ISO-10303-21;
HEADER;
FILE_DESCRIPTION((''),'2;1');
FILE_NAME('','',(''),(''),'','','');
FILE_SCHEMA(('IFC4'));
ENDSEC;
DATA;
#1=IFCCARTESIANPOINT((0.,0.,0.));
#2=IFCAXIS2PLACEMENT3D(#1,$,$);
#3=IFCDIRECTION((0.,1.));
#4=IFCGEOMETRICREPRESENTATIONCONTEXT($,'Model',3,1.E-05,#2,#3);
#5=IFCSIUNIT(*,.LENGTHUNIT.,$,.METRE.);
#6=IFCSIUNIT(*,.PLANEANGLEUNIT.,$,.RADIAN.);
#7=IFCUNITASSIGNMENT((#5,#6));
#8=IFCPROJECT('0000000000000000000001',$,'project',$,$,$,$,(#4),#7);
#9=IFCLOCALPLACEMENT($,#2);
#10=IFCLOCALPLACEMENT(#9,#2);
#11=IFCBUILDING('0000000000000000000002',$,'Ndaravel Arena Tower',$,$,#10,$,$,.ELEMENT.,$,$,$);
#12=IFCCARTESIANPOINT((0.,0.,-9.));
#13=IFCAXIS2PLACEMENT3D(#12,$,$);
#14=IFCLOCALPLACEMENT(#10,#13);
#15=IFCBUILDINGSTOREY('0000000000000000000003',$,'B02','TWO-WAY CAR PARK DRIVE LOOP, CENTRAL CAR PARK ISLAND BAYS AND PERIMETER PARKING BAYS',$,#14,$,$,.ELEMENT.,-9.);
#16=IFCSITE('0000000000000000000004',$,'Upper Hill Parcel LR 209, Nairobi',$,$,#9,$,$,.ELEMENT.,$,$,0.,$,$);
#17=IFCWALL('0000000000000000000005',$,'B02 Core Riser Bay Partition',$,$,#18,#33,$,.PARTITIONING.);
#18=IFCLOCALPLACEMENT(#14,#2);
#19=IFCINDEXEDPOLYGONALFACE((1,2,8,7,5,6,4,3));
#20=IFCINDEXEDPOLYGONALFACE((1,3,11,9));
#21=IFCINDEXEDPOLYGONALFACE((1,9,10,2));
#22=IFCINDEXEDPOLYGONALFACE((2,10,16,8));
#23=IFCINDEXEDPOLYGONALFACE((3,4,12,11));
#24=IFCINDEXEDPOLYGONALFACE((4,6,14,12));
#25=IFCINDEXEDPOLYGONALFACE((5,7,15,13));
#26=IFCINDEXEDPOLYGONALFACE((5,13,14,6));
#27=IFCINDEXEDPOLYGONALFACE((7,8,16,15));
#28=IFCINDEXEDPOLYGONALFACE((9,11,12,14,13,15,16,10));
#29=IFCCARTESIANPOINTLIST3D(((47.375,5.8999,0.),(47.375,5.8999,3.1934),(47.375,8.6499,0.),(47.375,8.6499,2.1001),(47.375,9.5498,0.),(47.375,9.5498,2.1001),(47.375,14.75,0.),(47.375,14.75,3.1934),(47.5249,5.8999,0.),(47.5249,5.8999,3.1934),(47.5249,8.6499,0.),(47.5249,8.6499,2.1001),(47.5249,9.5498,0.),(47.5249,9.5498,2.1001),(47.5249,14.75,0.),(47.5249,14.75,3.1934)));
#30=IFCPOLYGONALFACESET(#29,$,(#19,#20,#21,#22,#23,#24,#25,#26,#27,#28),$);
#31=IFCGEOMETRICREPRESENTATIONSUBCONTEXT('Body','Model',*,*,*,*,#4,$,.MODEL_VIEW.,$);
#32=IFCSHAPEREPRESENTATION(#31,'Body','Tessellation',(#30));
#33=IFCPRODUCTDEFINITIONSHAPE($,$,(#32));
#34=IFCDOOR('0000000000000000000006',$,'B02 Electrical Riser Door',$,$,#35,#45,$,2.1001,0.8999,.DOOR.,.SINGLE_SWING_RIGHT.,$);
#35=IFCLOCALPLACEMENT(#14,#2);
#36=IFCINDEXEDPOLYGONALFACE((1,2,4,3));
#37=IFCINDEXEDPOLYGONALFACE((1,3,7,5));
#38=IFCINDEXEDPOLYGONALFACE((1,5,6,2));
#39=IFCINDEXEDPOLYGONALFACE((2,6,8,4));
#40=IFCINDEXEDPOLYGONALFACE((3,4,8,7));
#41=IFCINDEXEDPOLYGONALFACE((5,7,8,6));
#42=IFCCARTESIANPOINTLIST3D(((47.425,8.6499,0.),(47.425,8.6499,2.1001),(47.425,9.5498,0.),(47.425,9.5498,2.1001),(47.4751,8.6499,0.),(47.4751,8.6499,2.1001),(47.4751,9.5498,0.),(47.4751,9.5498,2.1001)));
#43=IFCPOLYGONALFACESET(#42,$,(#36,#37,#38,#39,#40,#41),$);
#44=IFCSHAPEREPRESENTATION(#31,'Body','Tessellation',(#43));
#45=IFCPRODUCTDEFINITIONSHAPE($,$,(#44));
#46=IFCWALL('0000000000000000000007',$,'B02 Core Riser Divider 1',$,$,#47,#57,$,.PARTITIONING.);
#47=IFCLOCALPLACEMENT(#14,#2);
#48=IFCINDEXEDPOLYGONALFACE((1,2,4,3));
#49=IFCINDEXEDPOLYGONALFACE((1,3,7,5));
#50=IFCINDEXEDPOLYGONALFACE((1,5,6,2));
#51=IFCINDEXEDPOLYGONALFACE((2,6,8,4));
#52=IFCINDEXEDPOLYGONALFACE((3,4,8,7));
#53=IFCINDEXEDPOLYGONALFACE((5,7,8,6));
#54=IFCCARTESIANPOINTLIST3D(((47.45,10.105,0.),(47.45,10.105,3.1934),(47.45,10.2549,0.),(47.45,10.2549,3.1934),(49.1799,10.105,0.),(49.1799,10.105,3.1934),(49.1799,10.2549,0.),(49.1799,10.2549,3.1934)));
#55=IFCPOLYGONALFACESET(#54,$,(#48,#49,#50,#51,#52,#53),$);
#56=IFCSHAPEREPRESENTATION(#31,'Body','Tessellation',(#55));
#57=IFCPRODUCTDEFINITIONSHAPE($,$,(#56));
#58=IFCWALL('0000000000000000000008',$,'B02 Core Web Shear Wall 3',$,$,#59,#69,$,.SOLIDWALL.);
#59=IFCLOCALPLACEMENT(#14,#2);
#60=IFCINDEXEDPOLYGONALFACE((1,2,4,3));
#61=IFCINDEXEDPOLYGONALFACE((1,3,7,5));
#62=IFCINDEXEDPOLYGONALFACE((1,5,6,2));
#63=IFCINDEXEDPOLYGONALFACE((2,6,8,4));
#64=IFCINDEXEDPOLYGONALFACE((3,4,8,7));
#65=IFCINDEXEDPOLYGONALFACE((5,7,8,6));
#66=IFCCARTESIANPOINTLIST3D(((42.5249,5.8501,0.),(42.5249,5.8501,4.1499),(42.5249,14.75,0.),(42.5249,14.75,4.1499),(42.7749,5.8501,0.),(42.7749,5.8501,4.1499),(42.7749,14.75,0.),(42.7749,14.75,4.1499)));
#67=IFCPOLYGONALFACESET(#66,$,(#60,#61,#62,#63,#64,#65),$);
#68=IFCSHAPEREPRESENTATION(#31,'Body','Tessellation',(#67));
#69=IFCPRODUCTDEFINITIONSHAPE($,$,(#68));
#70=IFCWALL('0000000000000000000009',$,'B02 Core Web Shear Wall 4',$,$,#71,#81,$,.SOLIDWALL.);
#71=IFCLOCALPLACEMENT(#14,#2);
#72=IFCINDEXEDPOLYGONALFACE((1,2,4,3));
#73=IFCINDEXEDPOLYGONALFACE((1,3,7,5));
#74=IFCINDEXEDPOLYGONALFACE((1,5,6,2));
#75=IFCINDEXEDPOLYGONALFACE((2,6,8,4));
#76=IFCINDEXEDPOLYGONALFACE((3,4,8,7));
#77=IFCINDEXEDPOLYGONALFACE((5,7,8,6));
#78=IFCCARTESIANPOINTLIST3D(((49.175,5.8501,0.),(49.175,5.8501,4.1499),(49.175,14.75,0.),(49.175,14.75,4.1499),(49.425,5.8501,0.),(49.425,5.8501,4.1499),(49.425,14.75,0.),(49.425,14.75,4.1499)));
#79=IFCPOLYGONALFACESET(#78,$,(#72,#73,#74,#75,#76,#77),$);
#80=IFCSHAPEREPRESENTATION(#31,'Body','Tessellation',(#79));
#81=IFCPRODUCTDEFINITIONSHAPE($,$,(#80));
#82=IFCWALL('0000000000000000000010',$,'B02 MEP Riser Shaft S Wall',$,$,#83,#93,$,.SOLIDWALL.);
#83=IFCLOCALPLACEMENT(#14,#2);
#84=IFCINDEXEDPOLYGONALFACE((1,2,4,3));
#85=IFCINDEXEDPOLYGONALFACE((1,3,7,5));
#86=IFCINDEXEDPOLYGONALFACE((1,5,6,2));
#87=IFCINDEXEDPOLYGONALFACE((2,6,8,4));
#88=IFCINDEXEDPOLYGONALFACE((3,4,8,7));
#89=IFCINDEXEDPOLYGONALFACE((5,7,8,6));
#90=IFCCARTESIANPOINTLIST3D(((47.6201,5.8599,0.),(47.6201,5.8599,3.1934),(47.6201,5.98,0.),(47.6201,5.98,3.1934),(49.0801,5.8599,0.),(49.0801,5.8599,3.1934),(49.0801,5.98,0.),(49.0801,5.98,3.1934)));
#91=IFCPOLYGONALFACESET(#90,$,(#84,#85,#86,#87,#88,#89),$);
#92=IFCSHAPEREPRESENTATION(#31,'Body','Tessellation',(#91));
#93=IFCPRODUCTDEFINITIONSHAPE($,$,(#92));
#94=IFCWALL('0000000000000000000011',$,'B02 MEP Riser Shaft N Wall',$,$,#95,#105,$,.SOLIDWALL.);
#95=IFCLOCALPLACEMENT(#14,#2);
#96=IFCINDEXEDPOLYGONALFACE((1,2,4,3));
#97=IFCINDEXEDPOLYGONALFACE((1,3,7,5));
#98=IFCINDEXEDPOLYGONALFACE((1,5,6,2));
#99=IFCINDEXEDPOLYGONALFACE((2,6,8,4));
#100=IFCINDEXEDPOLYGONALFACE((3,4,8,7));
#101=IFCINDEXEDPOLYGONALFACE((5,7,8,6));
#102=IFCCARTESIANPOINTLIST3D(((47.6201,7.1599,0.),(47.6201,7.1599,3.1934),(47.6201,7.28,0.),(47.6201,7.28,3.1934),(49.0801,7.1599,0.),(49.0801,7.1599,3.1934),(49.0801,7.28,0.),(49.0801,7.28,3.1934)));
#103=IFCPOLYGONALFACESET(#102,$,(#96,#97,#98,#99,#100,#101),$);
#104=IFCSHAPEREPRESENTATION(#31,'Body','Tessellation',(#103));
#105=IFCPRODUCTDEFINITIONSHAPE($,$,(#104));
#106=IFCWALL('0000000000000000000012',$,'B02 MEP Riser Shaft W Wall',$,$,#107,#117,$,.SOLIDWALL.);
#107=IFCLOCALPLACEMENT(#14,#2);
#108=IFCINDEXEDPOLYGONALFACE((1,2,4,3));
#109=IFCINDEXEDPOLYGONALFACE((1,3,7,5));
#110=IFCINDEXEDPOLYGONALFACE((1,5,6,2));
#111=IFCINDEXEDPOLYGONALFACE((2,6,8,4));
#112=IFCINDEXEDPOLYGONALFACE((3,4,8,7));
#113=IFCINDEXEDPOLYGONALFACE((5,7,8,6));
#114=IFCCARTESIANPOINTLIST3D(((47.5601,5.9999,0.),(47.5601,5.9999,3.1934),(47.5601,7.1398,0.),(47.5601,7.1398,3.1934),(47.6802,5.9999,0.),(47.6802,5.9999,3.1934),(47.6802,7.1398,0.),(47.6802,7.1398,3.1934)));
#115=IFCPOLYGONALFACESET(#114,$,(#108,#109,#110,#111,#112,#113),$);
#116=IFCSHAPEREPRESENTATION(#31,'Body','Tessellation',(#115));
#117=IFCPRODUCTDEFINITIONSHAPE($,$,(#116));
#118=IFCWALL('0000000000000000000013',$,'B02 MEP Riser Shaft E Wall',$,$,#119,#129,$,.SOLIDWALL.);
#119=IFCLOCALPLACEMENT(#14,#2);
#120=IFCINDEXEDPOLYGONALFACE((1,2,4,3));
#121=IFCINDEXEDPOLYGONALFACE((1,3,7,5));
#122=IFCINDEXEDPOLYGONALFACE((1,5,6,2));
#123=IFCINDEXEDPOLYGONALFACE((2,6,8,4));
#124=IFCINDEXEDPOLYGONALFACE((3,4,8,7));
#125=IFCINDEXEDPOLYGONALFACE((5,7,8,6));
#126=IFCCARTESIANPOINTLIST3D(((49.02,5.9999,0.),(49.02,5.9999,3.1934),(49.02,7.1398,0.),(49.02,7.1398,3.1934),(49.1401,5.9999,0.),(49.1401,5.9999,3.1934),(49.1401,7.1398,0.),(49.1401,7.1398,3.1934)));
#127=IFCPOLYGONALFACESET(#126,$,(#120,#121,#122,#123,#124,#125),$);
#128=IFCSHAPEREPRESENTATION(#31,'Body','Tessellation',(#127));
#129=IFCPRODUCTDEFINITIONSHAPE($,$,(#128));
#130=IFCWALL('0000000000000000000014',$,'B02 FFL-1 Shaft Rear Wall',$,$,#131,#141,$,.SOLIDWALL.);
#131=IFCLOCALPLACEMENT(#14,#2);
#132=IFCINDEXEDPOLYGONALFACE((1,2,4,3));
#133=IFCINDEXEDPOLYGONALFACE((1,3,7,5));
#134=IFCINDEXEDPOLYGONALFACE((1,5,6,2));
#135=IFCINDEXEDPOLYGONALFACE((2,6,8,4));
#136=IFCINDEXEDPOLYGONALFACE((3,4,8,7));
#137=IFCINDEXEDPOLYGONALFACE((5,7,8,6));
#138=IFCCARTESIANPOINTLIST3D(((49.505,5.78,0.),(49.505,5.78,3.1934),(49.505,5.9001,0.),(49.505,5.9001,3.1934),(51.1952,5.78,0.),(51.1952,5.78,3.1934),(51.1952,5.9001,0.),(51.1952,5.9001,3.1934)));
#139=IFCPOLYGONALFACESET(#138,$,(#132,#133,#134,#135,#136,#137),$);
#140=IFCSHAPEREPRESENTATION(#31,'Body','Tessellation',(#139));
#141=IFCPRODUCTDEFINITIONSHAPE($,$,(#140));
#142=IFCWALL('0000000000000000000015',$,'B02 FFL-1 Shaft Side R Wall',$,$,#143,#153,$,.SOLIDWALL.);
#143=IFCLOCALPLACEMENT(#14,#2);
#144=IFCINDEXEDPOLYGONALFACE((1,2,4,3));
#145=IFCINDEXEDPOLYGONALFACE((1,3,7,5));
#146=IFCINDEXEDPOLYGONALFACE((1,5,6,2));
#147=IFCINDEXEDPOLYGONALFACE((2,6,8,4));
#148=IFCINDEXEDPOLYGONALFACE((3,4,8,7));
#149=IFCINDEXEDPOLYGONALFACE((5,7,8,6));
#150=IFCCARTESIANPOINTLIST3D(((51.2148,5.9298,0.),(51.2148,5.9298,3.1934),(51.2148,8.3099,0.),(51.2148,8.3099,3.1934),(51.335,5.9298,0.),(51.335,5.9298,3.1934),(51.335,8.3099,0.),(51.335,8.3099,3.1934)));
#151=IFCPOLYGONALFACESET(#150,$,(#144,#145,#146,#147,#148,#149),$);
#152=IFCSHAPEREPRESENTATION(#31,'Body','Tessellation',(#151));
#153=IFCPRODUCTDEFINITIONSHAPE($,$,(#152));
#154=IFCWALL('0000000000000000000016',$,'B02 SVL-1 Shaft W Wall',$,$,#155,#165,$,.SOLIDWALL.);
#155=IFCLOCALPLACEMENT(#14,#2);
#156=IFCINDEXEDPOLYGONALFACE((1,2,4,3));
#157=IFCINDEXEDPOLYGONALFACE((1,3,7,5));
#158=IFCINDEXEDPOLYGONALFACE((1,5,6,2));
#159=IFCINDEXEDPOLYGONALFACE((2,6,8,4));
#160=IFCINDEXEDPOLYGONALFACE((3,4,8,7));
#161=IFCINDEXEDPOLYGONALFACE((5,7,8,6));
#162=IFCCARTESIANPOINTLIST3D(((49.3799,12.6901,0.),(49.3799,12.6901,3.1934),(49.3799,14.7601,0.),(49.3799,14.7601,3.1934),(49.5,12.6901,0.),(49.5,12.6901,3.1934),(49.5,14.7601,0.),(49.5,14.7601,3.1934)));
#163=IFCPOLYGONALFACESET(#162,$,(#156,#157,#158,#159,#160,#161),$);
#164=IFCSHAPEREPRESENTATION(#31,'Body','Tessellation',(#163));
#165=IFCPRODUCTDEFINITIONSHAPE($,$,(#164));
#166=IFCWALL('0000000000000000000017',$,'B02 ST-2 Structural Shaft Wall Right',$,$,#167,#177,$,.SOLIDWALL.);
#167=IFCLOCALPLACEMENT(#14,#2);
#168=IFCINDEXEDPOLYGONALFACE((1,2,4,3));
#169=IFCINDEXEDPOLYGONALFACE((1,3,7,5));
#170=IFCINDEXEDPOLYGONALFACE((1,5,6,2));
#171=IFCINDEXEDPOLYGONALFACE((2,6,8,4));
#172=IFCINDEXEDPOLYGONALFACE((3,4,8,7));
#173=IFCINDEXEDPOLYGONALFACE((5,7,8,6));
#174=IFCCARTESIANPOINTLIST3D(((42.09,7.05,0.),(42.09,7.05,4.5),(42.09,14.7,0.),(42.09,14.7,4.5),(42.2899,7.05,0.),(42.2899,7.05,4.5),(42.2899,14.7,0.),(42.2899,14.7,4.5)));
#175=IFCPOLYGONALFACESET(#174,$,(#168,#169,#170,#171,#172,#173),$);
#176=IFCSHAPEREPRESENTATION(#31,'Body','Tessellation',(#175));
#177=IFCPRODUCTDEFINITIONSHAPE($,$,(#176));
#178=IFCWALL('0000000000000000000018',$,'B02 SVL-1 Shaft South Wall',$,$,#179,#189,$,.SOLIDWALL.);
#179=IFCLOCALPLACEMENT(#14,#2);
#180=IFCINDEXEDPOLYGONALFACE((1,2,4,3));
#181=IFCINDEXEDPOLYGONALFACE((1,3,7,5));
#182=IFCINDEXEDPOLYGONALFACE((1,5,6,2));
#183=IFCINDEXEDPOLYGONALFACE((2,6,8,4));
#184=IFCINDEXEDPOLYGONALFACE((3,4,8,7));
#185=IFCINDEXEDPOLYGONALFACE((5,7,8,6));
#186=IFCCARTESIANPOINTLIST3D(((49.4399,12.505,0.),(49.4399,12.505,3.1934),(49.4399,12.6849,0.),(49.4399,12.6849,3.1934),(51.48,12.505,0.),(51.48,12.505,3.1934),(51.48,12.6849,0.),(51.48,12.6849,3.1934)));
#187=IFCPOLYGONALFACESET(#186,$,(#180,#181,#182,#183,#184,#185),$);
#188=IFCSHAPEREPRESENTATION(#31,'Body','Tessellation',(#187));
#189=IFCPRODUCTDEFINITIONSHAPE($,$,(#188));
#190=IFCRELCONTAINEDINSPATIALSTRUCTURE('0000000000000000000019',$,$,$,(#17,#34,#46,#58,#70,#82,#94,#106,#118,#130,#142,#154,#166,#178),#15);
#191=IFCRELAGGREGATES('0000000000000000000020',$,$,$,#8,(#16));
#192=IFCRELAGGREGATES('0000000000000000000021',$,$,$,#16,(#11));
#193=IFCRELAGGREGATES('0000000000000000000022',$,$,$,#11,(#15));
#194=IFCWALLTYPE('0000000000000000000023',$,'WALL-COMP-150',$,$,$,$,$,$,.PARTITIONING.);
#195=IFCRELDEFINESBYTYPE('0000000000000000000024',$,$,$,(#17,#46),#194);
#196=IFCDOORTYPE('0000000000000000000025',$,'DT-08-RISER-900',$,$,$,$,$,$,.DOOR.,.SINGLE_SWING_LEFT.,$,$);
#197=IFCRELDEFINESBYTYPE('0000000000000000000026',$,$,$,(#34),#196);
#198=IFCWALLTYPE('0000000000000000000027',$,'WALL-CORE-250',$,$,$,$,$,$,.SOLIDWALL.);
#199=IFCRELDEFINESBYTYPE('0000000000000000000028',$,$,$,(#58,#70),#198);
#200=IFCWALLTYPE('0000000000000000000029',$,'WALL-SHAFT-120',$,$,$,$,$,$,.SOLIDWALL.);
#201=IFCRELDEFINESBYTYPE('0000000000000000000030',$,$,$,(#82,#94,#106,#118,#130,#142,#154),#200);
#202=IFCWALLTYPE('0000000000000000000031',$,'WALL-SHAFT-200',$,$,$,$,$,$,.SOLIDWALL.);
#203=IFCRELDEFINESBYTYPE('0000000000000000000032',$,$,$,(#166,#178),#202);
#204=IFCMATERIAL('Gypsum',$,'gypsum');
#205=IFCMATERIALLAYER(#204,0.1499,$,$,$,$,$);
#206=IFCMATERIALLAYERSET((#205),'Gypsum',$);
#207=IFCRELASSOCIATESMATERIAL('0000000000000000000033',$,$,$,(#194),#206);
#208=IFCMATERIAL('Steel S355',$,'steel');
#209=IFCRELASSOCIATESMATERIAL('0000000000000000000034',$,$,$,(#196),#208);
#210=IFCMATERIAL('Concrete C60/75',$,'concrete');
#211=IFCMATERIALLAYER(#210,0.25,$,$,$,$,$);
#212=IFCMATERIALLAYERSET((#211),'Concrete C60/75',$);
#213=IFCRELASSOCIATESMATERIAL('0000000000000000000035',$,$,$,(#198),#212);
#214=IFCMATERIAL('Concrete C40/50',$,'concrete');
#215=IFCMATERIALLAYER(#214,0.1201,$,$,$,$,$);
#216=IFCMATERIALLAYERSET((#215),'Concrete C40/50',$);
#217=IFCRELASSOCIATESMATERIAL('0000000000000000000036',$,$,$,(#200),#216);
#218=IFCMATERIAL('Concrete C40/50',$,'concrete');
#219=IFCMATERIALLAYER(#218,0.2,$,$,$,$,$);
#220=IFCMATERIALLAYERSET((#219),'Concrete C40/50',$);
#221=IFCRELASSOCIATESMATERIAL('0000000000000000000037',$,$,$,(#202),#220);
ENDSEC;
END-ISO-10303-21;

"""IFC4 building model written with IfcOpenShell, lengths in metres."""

from ifc_helpers import new_model, si_unit, direction, frame, frame_2d, origin, place, context, subcontext, project, spatial, rectangle, extrude, material, layer, layer_set, type_object, element, fill, save


model = new_model("IFC4")

# Units and contexts
model_context = context("Model", 3, precision=1e-05, world=origin(), true_north=direction((0.0, 1.0)))
body_context = subcontext(model_context, "Body", "Model", "MODEL_VIEW")
ifc_project = project(units=[si_unit("LENGTHUNIT", "METRE"), si_unit("PLANEANGLEUNIT", "RADIAN")], contexts=[model_context])

# Site, building, storey
site_placement = place(None, origin())
site = spatial("IfcSite", under=ifc_project, at=site_placement, Name="Upper Hill Parcel LR 209, Nairobi", CompositionType="ELEMENT", RefElevation=0.0)
building_placement = place(site_placement, origin())
building = spatial("IfcBuilding", under=site, at=building_placement, Name="Ndaravel Arena Tower", CompositionType="ELEMENT")
storey_placement = place(building_placement, frame((0.0, 0.0, -9.0)))
storey = spatial("IfcBuildingStorey", under=building, at=storey_placement, Name="B02", Description="TWO-WAY CAR PARK DRIVE LOOP, CENTRAL CAR PARK ISLAND BAYS AND PERIMETER PARKING BAYS", CompositionType="ELEMENT", Elevation=-9.0)

# Wall, opening, door
ifc_material_1 = material(Name="Gypsum", Category="gypsum")
ifc_layer_1 = layer(ifc_material_1, 0.1499)
ifc_layer_set_1 = layer_set([ifc_layer_1], Name="Gypsum")
wall_type_1 = type_object("IfcWallType", Name="WALL-COMP-150", PredefinedType="PARTITIONING", material=ifc_layer_set_1)
wall_1_placement = place(storey_placement, frame((47.45, 5.8999, 0.0), z_axis=(0.0, 0.0, 1.0), x_axis=(0.0, 1.0, 0.0)))
wall_1 = element("IfcWall", 1, at=wall_1_placement, inside=storey, type_object=wall_type_1, Name="B02 Core Riser Bay Partition", PredefinedType="PARTITIONING", context=body_context, shape_type="SweptSolid", body=[
    extrude(rectangle(XDim=8.8501, YDim=0.1499, at=frame_2d((4.425, 0.0))), origin(), (0.0, 0.0, 1.0), 3.1934),
])
opening_1_placement = place(wall_1_placement, frame((2.75, 0.0, 0.0)))
opening_1 = element("IfcOpeningElement", 2, at=opening_1_placement, cuts=wall_1, PredefinedType="OPENING", context=body_context, shape_type="SweptSolid", body=[
    extrude(rectangle(XDim=0.8999, YDim=2.1001, at=frame_2d((0.45, 1.05))), frame((0.0, 0.075, 0.0), z_axis=(0.0, -1.0, 0.0), x_axis=(1.0, 0.0, 0.0)), (0.0, 0.0, 1.0), 0.1499),
])
ifc_material_2 = material(Name="Steel S355", Category="steel")
door_type_1 = type_object("IfcDoorType", Name="DT-08-RISER-900", OperationType="SINGLE_SWING_LEFT", PredefinedType="DOOR", material=ifc_material_2)
door_1_placement = place(opening_1_placement, origin())
door_1 = element("IfcDoor", 3, at=door_1_placement, inside=storey, type_object=door_type_1, Name="B02 Electrical Riser Door", OperationType="SINGLE_SWING_RIGHT", OverallHeight=2.1001, OverallWidth=0.8999, PredefinedType="DOOR", context=body_context, shape_type="SweptSolid", body=[
    extrude(rectangle(XDim=0.8999, YDim=2.1001, at=frame_2d((0.45, 1.05))), frame((0.0, 0.0249, 0.0), z_axis=(0.0, -1.0, 0.0), x_axis=(1.0, 0.0, 0.0)), (0.0, 0.0, 1.0), 0.05),
])
fill(opening_1, door_1)

# Walls
wall_2_placement = place(storey_placement, frame((47.45, 10.1799, 0.0), z_axis=(0.0, 0.0, 1.0), x_axis=(1.0, 0.0, 0.0)))
element("IfcWall", 4, at=wall_2_placement, inside=storey, type_object=wall_type_1, Name="B02 Core Riser Divider 1", PredefinedType="PARTITIONING", context=body_context, shape_type="SweptSolid", body=[
    extrude(rectangle(XDim=1.73, YDim=0.1499, at=frame_2d((0.865, 0.0))), origin(), (0.0, 0.0, 1.0), 3.1934),
])
ifc_material_3 = material(Name="Concrete C60/75", Category="concrete")
ifc_layer_2 = layer(ifc_material_3, 0.25)
ifc_layer_set_2 = layer_set([ifc_layer_2], Name="Concrete C60/75")
wall_type_2 = type_object("IfcWallType", Name="WALL-CORE-250", PredefinedType="SOLIDWALL", material=ifc_layer_set_2)
for number, where, z_axis, x_axis, name in (
    (5, (42.6499, 5.8501, 0.0), (0.0, 0.0, 1.0), (0.0, 1.0, 0.0), "B02 Core Web Shear Wall 3"),
    (6, (49.3, 5.8501, 0.0), (0.0, 0.0, 1.0), (0.0, 1.0, 0.0), "B02 Core Web Shear Wall 4"),
):
    element("IfcWall", number, at=place(storey_placement, frame(where, z_axis=z_axis, x_axis=x_axis)), inside=storey, type_object=wall_type_2, Name=name, PredefinedType="SOLIDWALL", context=body_context, shape_type="SweptSolid", body=[
        extrude(rectangle(XDim=8.8999, YDim=0.25, at=frame_2d((4.45, 0.0))), origin(), (0.0, 0.0, 1.0), 4.1499),
    ])
ifc_material_4 = material(Name="Concrete C40/50", Category="concrete")
ifc_layer_3 = layer(ifc_material_4, 0.1201)
ifc_layer_set_3 = layer_set([ifc_layer_3], Name="Concrete C40/50")
wall_type_3 = type_object("IfcWallType", Name="WALL-SHAFT-120", PredefinedType="SOLIDWALL", material=ifc_layer_set_3)
for number, where, z_axis, x_axis, name in (
    (7, (47.6201, 5.9199, 0.0), (0.0, 0.0, 1.0), (1.0, 0.0, 0.0), "B02 MEP Riser Shaft S Wall"),
    (8, (47.6201, 7.22, 0.0), (0.0, 0.0, 1.0), (1.0, 0.0, 0.0), "B02 MEP Riser Shaft N Wall"),
):
    element("IfcWall", number, at=place(storey_placement, frame(where, z_axis=z_axis, x_axis=x_axis)), inside=storey, type_object=wall_type_3, Name=name, PredefinedType="SOLIDWALL", context=body_context, shape_type="SweptSolid", body=[
        extrude(rectangle(XDim=1.46, YDim=0.1201, at=frame_2d((0.73, 0.0))), origin(), (0.0, 0.0, 1.0), 3.1934),
    ])
for number, where, z_axis, x_axis, name in (
    (9, (47.6201, 6.0, 0.0), (0.0, 0.0, 1.0), (0.0, 1.0, 0.0), "B02 MEP Riser Shaft W Wall"),
    (10, (49.0801, 6.0, 0.0), (0.0, 0.0, 1.0), (0.0, 1.0, 0.0), "B02 MEP Riser Shaft E Wall"),
):
    element("IfcWall", number, at=place(storey_placement, frame(where, z_axis=z_axis, x_axis=x_axis)), inside=storey, type_object=wall_type_3, Name=name, PredefinedType="SOLIDWALL", context=body_context, shape_type="SweptSolid", body=[
        extrude(rectangle(XDim=1.1399, YDim=0.1201, at=frame_2d((0.5698, 0.0))), origin(), (0.0, 0.0, 1.0), 3.1934),
    ])
wall_3_placement = place(storey_placement, frame((49.5049, 5.8401, 0.0), z_axis=(0.0, 0.0, 1.0), x_axis=(1.0, 0.0, 0.0)))
element("IfcWall", 11, at=wall_3_placement, inside=storey, type_object=wall_type_3, Name="B02 FFL-1 Shaft Rear Wall", PredefinedType="SOLIDWALL", context=body_context, shape_type="SweptSolid", body=[
    extrude(rectangle(XDim=1.6902, YDim=0.1201, at=frame_2d((0.8452, 0.0))), origin(), (0.0, 0.0, 1.0), 3.1934),
])
wall_4_placement = place(storey_placement, frame((51.2749, 5.9299, 0.0), z_axis=(0.0, 0.0, 1.0), x_axis=(0.0, 1.0, 0.0)))
element("IfcWall", 12, at=wall_4_placement, inside=storey, type_object=wall_type_3, Name="B02 FFL-1 Shaft Side R Wall", PredefinedType="SOLIDWALL", context=body_context, shape_type="SweptSolid", body=[
    extrude(rectangle(XDim=2.3801, YDim=0.1201, at=frame_2d((1.1899, 0.0))), origin(), (0.0, 0.0, 1.0), 3.1934),
])
wall_5_placement = place(storey_placement, frame((49.4399, 12.6899, 0.0), z_axis=(0.0, 0.0, 1.0), x_axis=(0.0, 1.0, 0.0)))
element("IfcWall", 13, at=wall_5_placement, inside=storey, type_object=wall_type_3, Name="B02 SVL-1 Shaft W Wall", PredefinedType="SOLIDWALL", context=body_context, shape_type="SweptSolid", body=[
    extrude(rectangle(XDim=2.0701, YDim=0.1201, at=frame_2d((1.0352, 0.0))), origin(), (0.0, 0.0, 1.0), 3.1934),
])
ifc_material_5 = material(Name="Concrete C40/50", Category="concrete")
ifc_layer_4 = layer(ifc_material_5, 0.2)
ifc_layer_set_4 = layer_set([ifc_layer_4], Name="Concrete C40/50")
wall_type_4 = type_object("IfcWallType", Name="WALL-SHAFT-200", PredefinedType="SOLIDWALL", material=ifc_layer_set_4)
wall_6_placement = place(storey_placement, frame((42.1899, 14.7, 0.0), z_axis=(0.0, 0.0, 1.0), x_axis=(0.0, -1.0, 0.0)))
element("IfcWall", 14, at=wall_6_placement, inside=storey, type_object=wall_type_4, Name="B02 ST-2 Structural Shaft Wall Right", PredefinedType="SOLIDWALL", context=body_context, shape_type="SweptSolid", body=[
    extrude(rectangle(XDim=7.6499, YDim=0.2, at=frame_2d((3.825, 0.0))), origin(), (0.0, 0.0, 1.0), 4.5),
])

# Wall
wall_7_placement = place(storey_placement, frame((49.4399, 12.595, 0.0), z_axis=(0.0, 0.0, 1.0), x_axis=(1.0, 0.0, 0.0)))
element("IfcWall", 15, at=wall_7_placement, inside=storey, type_object=wall_type_4, Name="B02 SVL-1 Shaft South Wall", PredefinedType="SOLIDWALL", context=body_context, shape_type="SweptSolid", body=[
    extrude(rectangle(XDim=2.04, YDim=0.1799, at=frame_2d((1.02, 0.0))), origin(), (0.0, 0.0, 1.0), 3.1934),
])

save(model, "model.ifc")
